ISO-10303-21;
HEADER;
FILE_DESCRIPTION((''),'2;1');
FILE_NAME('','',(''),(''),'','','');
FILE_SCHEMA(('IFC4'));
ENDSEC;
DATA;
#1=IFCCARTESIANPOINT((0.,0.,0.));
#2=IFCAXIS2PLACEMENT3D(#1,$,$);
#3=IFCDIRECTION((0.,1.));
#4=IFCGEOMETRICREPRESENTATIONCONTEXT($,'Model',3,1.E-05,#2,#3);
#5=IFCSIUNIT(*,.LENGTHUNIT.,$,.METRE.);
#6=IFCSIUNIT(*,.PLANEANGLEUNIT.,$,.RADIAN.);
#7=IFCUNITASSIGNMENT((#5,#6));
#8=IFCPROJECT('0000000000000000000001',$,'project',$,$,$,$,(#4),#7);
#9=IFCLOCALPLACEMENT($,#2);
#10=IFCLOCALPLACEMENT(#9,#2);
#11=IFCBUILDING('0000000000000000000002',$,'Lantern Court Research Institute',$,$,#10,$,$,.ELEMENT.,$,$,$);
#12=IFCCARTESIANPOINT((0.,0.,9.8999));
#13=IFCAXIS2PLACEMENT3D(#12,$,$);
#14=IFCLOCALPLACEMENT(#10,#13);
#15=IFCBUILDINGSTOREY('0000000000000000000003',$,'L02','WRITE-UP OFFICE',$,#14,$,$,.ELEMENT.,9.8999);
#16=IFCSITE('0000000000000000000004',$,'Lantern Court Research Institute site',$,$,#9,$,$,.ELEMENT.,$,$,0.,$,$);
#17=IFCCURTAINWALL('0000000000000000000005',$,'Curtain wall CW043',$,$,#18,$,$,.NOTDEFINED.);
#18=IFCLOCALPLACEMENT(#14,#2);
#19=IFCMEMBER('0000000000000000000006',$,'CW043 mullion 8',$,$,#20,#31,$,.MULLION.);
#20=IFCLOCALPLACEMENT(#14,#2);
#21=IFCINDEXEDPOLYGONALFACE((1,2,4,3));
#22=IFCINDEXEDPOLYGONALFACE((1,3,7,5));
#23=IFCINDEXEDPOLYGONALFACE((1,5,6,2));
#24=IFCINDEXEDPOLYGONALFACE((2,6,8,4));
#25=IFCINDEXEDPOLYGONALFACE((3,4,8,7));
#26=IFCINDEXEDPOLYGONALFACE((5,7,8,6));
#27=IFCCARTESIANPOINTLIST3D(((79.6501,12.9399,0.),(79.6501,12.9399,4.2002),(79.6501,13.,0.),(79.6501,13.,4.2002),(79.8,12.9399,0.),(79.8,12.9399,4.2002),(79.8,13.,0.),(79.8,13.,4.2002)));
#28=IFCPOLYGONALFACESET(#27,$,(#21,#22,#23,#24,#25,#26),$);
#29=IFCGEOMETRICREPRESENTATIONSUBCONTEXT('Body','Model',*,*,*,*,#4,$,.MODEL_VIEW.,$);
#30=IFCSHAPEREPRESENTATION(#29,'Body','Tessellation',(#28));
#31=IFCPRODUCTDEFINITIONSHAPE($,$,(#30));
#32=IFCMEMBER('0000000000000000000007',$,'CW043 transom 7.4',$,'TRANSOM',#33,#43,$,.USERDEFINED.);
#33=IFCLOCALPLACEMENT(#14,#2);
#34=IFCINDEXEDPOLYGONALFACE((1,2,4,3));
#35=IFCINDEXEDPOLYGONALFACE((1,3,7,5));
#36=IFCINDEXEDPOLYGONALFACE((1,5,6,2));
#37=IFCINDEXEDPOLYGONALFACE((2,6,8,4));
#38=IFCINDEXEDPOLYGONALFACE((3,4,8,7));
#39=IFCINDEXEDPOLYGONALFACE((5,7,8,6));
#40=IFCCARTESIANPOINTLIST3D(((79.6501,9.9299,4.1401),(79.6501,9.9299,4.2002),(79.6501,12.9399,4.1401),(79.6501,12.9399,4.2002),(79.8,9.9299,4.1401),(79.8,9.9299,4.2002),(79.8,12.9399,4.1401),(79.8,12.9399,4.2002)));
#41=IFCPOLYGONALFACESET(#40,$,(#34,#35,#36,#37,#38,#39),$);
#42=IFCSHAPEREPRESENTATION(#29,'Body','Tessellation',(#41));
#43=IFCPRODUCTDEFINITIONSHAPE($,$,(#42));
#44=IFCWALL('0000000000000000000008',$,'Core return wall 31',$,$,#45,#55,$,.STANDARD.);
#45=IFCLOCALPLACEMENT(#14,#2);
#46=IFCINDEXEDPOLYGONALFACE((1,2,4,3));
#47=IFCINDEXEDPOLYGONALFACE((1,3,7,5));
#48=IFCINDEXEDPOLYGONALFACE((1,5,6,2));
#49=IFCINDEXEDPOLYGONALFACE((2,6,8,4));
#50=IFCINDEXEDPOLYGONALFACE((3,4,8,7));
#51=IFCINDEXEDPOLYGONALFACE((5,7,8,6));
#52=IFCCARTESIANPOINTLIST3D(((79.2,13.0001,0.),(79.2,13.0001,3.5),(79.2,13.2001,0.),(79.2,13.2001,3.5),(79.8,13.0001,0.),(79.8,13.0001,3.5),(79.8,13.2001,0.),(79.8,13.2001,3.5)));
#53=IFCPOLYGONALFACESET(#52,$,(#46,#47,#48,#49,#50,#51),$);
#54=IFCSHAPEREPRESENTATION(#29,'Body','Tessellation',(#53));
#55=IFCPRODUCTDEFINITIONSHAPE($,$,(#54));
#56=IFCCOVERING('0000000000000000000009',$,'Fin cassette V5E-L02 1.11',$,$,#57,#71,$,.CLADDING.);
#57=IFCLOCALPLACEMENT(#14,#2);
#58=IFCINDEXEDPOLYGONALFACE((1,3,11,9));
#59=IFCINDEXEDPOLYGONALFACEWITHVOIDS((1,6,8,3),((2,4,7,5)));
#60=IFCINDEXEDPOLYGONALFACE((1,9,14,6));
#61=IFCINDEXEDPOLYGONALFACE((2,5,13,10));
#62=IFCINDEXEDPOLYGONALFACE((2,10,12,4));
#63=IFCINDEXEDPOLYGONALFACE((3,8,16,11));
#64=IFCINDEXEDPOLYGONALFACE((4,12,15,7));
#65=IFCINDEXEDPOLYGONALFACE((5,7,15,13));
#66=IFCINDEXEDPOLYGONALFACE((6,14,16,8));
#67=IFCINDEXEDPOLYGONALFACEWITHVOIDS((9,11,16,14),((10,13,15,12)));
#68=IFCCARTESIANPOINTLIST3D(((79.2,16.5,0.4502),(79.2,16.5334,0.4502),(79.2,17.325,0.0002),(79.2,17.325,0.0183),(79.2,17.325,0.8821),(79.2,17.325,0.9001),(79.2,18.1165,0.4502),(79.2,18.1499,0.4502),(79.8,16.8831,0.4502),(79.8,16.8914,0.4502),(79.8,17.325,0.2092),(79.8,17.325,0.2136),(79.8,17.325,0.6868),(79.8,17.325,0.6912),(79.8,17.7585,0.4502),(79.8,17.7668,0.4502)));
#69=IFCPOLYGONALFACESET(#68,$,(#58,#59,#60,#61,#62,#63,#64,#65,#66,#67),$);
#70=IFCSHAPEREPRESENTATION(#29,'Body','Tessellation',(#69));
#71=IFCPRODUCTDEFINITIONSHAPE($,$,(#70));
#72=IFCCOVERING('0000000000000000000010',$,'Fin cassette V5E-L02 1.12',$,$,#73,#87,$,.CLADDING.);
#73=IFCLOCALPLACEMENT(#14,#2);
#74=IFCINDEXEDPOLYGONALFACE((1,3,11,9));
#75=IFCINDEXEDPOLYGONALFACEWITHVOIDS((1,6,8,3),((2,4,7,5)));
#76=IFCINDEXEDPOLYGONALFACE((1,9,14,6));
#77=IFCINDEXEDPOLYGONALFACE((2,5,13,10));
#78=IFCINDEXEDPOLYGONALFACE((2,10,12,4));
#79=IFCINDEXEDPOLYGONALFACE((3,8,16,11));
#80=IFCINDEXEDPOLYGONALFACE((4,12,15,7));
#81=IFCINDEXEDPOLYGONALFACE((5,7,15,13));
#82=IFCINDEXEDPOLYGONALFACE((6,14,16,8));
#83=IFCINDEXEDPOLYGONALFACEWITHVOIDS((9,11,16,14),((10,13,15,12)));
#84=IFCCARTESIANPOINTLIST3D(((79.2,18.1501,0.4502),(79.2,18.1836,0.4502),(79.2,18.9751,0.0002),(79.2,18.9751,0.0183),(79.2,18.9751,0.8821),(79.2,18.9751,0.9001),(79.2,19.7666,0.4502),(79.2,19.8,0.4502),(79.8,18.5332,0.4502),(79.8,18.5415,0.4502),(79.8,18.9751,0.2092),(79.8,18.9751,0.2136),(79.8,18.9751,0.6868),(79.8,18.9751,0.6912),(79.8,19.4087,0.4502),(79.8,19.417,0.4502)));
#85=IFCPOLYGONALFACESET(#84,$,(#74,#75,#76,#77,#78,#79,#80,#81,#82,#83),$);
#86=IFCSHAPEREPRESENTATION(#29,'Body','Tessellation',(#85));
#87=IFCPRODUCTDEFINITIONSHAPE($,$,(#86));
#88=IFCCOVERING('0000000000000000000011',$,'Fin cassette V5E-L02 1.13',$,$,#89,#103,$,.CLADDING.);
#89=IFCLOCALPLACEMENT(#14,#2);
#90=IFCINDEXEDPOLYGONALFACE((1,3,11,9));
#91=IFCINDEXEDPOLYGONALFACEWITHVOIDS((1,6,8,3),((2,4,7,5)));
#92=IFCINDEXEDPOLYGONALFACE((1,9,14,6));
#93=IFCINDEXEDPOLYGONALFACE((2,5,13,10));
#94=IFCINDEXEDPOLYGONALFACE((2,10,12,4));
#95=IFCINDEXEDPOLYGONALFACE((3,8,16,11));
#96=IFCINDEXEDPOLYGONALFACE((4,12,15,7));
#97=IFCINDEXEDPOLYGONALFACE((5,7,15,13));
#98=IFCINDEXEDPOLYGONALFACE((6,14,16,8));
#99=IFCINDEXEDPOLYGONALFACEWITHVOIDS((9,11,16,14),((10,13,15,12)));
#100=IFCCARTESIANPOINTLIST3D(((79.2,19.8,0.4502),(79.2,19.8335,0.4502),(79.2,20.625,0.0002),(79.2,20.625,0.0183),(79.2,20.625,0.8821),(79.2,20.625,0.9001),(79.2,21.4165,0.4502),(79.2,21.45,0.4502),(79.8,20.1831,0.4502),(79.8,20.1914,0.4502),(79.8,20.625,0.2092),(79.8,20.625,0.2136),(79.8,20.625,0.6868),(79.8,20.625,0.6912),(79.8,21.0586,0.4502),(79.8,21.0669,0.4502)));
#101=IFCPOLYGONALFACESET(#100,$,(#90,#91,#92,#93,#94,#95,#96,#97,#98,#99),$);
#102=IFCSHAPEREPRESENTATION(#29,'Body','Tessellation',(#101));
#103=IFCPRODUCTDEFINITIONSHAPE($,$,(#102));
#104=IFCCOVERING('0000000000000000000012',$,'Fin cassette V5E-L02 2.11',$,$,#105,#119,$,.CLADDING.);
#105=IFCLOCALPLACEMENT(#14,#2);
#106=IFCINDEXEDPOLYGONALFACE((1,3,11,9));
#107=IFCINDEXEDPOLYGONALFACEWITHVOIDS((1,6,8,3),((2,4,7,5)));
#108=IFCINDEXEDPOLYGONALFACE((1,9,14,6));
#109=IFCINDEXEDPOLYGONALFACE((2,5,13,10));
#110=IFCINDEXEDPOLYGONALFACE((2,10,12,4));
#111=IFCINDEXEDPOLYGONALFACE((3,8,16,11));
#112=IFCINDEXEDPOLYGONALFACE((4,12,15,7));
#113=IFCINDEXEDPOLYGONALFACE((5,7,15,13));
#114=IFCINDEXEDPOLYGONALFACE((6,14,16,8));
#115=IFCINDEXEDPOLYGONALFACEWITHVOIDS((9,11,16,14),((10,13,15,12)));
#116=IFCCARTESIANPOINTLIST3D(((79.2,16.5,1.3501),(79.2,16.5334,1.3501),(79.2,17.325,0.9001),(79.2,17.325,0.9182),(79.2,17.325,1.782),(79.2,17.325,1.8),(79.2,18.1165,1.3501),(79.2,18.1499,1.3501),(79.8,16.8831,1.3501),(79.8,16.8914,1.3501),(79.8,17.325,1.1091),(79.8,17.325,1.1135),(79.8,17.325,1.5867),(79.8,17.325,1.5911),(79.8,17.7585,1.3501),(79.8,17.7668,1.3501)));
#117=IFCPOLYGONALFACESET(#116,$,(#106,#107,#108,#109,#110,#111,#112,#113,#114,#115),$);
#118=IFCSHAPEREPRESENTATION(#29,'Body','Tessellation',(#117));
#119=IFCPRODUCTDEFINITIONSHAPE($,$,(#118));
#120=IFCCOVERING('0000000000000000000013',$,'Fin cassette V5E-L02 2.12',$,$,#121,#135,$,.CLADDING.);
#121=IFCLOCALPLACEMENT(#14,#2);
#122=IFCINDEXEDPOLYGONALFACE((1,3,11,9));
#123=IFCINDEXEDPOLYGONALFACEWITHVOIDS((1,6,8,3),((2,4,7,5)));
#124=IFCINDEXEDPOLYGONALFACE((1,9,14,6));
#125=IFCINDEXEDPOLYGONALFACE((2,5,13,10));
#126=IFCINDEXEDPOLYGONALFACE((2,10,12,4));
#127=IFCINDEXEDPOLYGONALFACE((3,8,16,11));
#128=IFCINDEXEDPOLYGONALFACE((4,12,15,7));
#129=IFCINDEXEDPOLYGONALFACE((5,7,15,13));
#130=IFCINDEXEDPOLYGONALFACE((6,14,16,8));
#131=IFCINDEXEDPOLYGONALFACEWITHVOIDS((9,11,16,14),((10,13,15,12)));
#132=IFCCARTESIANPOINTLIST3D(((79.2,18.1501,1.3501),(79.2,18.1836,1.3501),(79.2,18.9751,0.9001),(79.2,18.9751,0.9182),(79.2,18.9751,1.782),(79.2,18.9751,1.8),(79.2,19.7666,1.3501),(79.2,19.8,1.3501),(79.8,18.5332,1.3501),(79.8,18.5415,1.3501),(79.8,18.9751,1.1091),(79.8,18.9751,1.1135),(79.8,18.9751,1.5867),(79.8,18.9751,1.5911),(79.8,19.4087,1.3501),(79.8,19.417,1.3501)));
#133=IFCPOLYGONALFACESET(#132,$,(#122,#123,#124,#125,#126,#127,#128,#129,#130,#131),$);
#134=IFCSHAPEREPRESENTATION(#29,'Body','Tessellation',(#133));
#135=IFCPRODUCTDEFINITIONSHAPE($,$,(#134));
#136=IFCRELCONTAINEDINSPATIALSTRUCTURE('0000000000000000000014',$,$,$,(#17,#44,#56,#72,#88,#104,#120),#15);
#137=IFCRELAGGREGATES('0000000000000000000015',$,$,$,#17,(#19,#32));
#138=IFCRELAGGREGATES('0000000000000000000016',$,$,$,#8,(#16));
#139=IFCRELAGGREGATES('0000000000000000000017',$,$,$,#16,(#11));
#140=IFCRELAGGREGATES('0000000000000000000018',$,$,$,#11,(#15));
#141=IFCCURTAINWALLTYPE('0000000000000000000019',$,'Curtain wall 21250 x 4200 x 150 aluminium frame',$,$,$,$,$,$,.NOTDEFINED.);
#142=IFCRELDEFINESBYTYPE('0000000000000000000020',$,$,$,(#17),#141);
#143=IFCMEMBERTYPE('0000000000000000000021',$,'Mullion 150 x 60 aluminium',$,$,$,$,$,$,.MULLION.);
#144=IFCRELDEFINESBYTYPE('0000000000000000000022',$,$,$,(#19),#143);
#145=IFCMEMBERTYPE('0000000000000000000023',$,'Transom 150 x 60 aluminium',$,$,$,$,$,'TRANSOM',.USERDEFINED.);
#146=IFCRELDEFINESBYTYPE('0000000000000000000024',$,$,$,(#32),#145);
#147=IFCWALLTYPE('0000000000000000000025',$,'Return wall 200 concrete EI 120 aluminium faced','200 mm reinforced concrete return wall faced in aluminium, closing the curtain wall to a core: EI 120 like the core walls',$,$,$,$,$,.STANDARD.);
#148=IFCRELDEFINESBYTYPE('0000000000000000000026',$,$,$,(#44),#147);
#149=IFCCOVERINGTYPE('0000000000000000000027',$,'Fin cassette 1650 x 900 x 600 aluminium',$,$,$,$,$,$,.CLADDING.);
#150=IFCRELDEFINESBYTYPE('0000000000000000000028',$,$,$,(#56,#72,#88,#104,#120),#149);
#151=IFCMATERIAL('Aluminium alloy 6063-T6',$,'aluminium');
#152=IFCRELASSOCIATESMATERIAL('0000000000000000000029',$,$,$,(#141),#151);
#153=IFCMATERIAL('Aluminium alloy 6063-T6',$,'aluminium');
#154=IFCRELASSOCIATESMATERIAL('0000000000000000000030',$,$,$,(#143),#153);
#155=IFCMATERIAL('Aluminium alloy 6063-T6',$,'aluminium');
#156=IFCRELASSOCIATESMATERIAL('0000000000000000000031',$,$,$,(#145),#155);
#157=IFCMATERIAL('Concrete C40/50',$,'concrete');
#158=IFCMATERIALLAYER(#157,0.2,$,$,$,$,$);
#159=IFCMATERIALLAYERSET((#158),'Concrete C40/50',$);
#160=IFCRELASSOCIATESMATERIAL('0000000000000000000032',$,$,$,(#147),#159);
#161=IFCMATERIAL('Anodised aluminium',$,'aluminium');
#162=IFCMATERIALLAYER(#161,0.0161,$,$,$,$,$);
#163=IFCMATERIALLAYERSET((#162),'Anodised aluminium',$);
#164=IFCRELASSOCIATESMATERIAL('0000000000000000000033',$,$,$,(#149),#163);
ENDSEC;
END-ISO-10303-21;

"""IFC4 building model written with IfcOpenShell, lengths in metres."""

from ifc_helpers import new_model, entity, si_unit, direction, frame, frame_2d, origin, origin_2d, place, context, subcontext, project, spatial, rectangle, extrude, material, layer, layer_set, material_profile, profile_set, type_object, element, aggregate, save


model = new_model("IFC4")

# Units and contexts
model_context = context("Model", 3, precision=1e-05, world=origin(), true_north=direction((0.0, 1.0)))
body_context = subcontext(model_context, "Body", "Model", "MODEL_VIEW")
ifc_project = project(units=[si_unit("LENGTHUNIT", "METRE"), si_unit("PLANEANGLEUNIT", "RADIAN")], contexts=[model_context])

# Site, building, storey
site_placement = place(None, origin())
site = spatial("IfcSite", under=ifc_project, at=site_placement, Name="Lantern Court Research Institute site", CompositionType="ELEMENT", RefElevation=0.0)
building_placement = place(site_placement, origin())
building = spatial("IfcBuilding", under=site, at=building_placement, Name="Lantern Court Research Institute", CompositionType="ELEMENT")
storey_placement = place(building_placement, frame((0.0, 0.0, 9.8999)))
storey = spatial("IfcBuildingStorey", under=building, at=storey_placement, Name="L02", Description="WRITE-UP OFFICE", CompositionType="ELEMENT", Elevation=9.8999)

# Curtain wall, members
ifc_material_1 = material(Name="Aluminium alloy 6063-T6", Category="aluminium")
curtain_wall_type = type_object("IfcCurtainWallType", Name="Curtain wall 21250 x 4200 x 150 aluminium frame", PredefinedType="NOTDEFINED", material=ifc_material_1)
curtain_wall_placement = place(storey_placement, origin())
curtain_wall = element("IfcCurtainWall", 1, at=curtain_wall_placement, inside=storey, type_object=curtain_wall_type, Name="Curtain wall CW043", PredefinedType="NOTDEFINED")
ifc_material_2 = material(Name="Aluminium alloy 6063-T6", Category="aluminium")
ifc_material_profile_1 = material_profile(ifc_material_2, rectangle(XDim=0.1499, YDim=0.0601, at=origin_2d()), Name="Mullion 150 x 60")
ifc_profile_set_1 = profile_set([ifc_material_profile_1], Name="Aluminium alloy 6063-T6")
member_type_1 = type_object("IfcMemberType", Name="Mullion 150 x 60 aluminium", PredefinedType="MULLION", material=ifc_profile_set_1)
member_1_placement = place(storey_placement, frame((79.7251, 12.97, 0.0), z_axis=(0.0, 0.0, 1.0), x_axis=(1.0, 0.0, 0.0)))
member_1 = element("IfcMember", 2, at=member_1_placement, type_object=member_type_1, Name="CW043 mullion 8", PredefinedType="MULLION", context=body_context, shape_type="SweptSolid", body=[
    extrude(rectangle(XDim=0.1499, YDim=0.0601, at=origin_2d()), origin(), (0.0, 0.0, 1.0), 4.2002),
])
ifc_material_3 = material(Name="Aluminium alloy 6063-T6", Category="aluminium")
ifc_material_profile_2 = material_profile(ifc_material_3, rectangle(XDim=0.1499, YDim=0.0601, at=origin_2d()), Name="Transom 150 x 60")
ifc_profile_set_2 = profile_set([ifc_material_profile_2], Name="Aluminium alloy 6063-T6")
member_type_2 = type_object("IfcMemberType", Name="Transom 150 x 60 aluminium", ElementType="TRANSOM", PredefinedType="USERDEFINED", material=ifc_profile_set_2)
member_2_placement = place(storey_placement, frame((79.7251, 12.9399, 4.1702), z_axis=(0.0, -1.0, 0.0), x_axis=(1.0, 0.0, 0.0)))
member_2 = element("IfcMember", 3, at=member_2_placement, type_object=member_type_2, Name="CW043 transom 7.4", ObjectType="TRANSOM", PredefinedType="USERDEFINED", context=body_context, shape_type="SweptSolid", body=[
    extrude(rectangle(XDim=0.1499, YDim=0.0601, at=origin_2d()), origin(), (0.0, 0.0, 1.0), 3.01),
])
aggregate(curtain_wall, [member_1, member_2])

# Wall
ifc_material_4 = material(Name="Concrete C40/50", Category="concrete")
ifc_layer_1 = layer(ifc_material_4, 0.2)
ifc_layer_set_1 = layer_set([ifc_layer_1], Name="Concrete C40/50")
wall_type = type_object("IfcWallType", Name="Return wall 200 concrete EI 120 aluminium faced", Description="200 mm reinforced concrete return wall faced in aluminium, closing the curtain wall to a core: EI 120 like the core walls", PredefinedType="STANDARD", material=ifc_layer_set_1)
wall_placement = place(storey_placement, frame((79.2, 13.1001, 0.0), z_axis=(0.0, 0.0, 1.0), x_axis=(1.0, 0.0, 0.0)))
element("IfcWall", 4, at=wall_placement, inside=storey, type_object=wall_type, Name="Core return wall 31", PredefinedType="STANDARD", context=body_context, shape_type="SweptSolid", body=[
    extrude(rectangle(XDim=0.6001, YDim=0.2, at=frame_2d((0.3, 0.0))), origin(), (0.0, 0.0, 1.0), 3.5),
])

# Coverings
ifc_material_5 = material(Name="Anodised aluminium", Category="aluminium")
ifc_layer_2 = layer(ifc_material_5, 0.0161)
ifc_layer_set_2 = layer_set([ifc_layer_2], Name="Anodised aluminium")
covering_type = type_object("IfcCoveringType", Name="Fin cassette 1650 x 900 x 600 aluminium", PredefinedType="CLADDING", material=ifc_layer_set_2)
covering_1_placement = place(storey_placement, frame((79.2, 17.325, 0.4502), z_axis=(1.0, 0.0, 0.0), x_axis=(0.0, 1.0, 0.0)))
cartesian_point_1 = entity("IfcCartesianPoint", [0.825, 0.0])
cartesian_point_2 = entity("IfcCartesianPoint", [0.7915, 0.0])
cartesian_point_3 = entity("IfcCartesianPoint", [0.4419, 0.0])
cartesian_point_4 = entity("IfcCartesianPoint", [0.4336, 0.0])
element("IfcCovering", 5, at=covering_1_placement, inside=storey, type_object=covering_type, Name="Fin cassette V5E-L02 1.11", PredefinedType="CLADDING", context=body_context, shape_type="SweptSolid", body=[
    entity("IfcExtrudedAreaSolidTapered", entity("IfcArbitraryProfileDefWithVoids", "AREA", None, entity("IfcPolyline", [cartesian_point_1, entity("IfcCartesianPoint", [0.0, 0.45]), entity("IfcCartesianPoint", [-0.825, 0.0]), entity("IfcCartesianPoint", [0.0, -0.45]), cartesian_point_1]), [entity("IfcPolyline", [cartesian_point_2, entity("IfcCartesianPoint", [0.0, 0.4319]), entity("IfcCartesianPoint", [-0.7915, 0.0]), entity("IfcCartesianPoint", [0.0, -0.4319]), cartesian_point_2])]), entity("IfcAxis2Placement3D", entity("IfcCartesianPoint", [0.0, 0.0, 0.0])), entity("IfcDirection", [0.0, 0.0, 1.0]), 0.6001, entity("IfcArbitraryProfileDefWithVoids", "AREA", None, entity("IfcPolyline", [cartesian_point_3, entity("IfcCartesianPoint", [0.0, 0.241]), entity("IfcCartesianPoint", [-0.4419, 0.0]), entity("IfcCartesianPoint", [0.0, -0.241]), cartesian_point_3]), [entity("IfcPolyline", [cartesian_point_4, entity("IfcCartesianPoint", [0.0, 0.2366]), entity("IfcCartesianPoint", [-0.4336, 0.0]), entity("IfcCartesianPoint", [0.0, -0.2366]), cartesian_point_4])])),
])
covering_2_placement = place(storey_placement, frame((79.2, 18.9751, 0.4502), z_axis=(1.0, 0.0, 0.0), x_axis=(0.0, 1.0, 0.0)))
cartesian_point_5 = entity("IfcCartesianPoint", [0.825, 0.0])
cartesian_point_6 = entity("IfcCartesianPoint", [0.7915, 0.0])
cartesian_point_7 = entity("IfcCartesianPoint", [0.4419, 0.0])
cartesian_point_8 = entity("IfcCartesianPoint", [0.4336, 0.0])
element("IfcCovering", 6, at=covering_2_placement, inside=storey, type_object=covering_type, Name="Fin cassette V5E-L02 1.12", PredefinedType="CLADDING", context=body_context, shape_type="SweptSolid", body=[
    entity("IfcExtrudedAreaSolidTapered", entity("IfcArbitraryProfileDefWithVoids", "AREA", None, entity("IfcPolyline", [cartesian_point_5, entity("IfcCartesianPoint", [0.0, 0.45]), entity("IfcCartesianPoint", [-0.825, 0.0]), entity("IfcCartesianPoint", [0.0, -0.45]), cartesian_point_5]), [entity("IfcPolyline", [cartesian_point_6, entity("IfcCartesianPoint", [0.0, 0.4319]), entity("IfcCartesianPoint", [-0.7915, 0.0]), entity("IfcCartesianPoint", [0.0, -0.4319]), cartesian_point_6])]), entity("IfcAxis2Placement3D", entity("IfcCartesianPoint", [0.0, 0.0, 0.0])), entity("IfcDirection", [0.0, 0.0, 1.0]), 0.6001, entity("IfcArbitraryProfileDefWithVoids", "AREA", None, entity("IfcPolyline", [cartesian_point_7, entity("IfcCartesianPoint", [0.0, 0.241]), entity("IfcCartesianPoint", [-0.4419, 0.0]), entity("IfcCartesianPoint", [0.0, -0.241]), cartesian_point_7]), [entity("IfcPolyline", [cartesian_point_8, entity("IfcCartesianPoint", [0.0, 0.2366]), entity("IfcCartesianPoint", [-0.4336, 0.0]), entity("IfcCartesianPoint", [0.0, -0.2366]), cartesian_point_8])])),
])
covering_3_placement = place(storey_placement, frame((79.2, 20.625, 0.4502), z_axis=(1.0, 0.0, 0.0), x_axis=(0.0, 1.0, 0.0)))
cartesian_point_9 = entity("IfcCartesianPoint", [0.825, 0.0])
cartesian_point_10 = entity("IfcCartesianPoint", [0.7915, 0.0])
cartesian_point_11 = entity("IfcCartesianPoint", [0.4419, 0.0])
cartesian_point_12 = entity("IfcCartesianPoint", [0.4336, 0.0])
element("IfcCovering", 7, at=covering_3_placement, inside=storey, type_object=covering_type, Name="Fin cassette V5E-L02 1.13", PredefinedType="CLADDING", context=body_context, shape_type="SweptSolid", body=[
    entity("IfcExtrudedAreaSolidTapered", entity("IfcArbitraryProfileDefWithVoids", "AREA", None, entity("IfcPolyline", [cartesian_point_9, entity("IfcCartesianPoint", [0.0, 0.45]), entity("IfcCartesianPoint", [-0.825, 0.0]), entity("IfcCartesianPoint", [0.0, -0.45]), cartesian_point_9]), [entity("IfcPolyline", [cartesian_point_10, entity("IfcCartesianPoint", [0.0, 0.4319]), entity("IfcCartesianPoint", [-0.7915, 0.0]), entity("IfcCartesianPoint", [0.0, -0.4319]), cartesian_point_10])]), entity("IfcAxis2Placement3D", entity("IfcCartesianPoint", [0.0, 0.0, 0.0])), entity("IfcDirection", [0.0, 0.0, 1.0]), 0.6001, entity("IfcArbitraryProfileDefWithVoids", "AREA", None, entity("IfcPolyline", [cartesian_point_11, entity("IfcCartesianPoint", [0.0, 0.241]), entity("IfcCartesianPoint", [-0.4419, 0.0]), entity("IfcCartesianPoint", [0.0, -0.241]), cartesian_point_11]), [entity("IfcPolyline", [cartesian_point_12, entity("IfcCartesianPoint", [0.0, 0.2366]), entity("IfcCartesianPoint", [-0.4336, 0.0]), entity("IfcCartesianPoint", [0.0, -0.2366]), cartesian_point_12])])),
])
covering_4_placement = place(storey_placement, frame((79.2, 17.325, 1.3501), z_axis=(1.0, 0.0, 0.0), x_axis=(0.0, 1.0, 0.0)))
cartesian_point_13 = entity("IfcCartesianPoint", [0.825, 0.0])
cartesian_point_14 = entity("IfcCartesianPoint", [0.7915, 0.0])
cartesian_point_15 = entity("IfcCartesianPoint", [0.4419, 0.0])
cartesian_point_16 = entity("IfcCartesianPoint", [0.4336, 0.0])
element("IfcCovering", 8, at=covering_4_placement, inside=storey, type_object=covering_type, Name="Fin cassette V5E-L02 2.11", PredefinedType="CLADDING", context=body_context, shape_type="SweptSolid", body=[
    entity("IfcExtrudedAreaSolidTapered", entity("IfcArbitraryProfileDefWithVoids", "AREA", None, entity("IfcPolyline", [cartesian_point_13, entity("IfcCartesianPoint", [0.0, 0.45]), entity("IfcCartesianPoint", [-0.825, 0.0]), entity("IfcCartesianPoint", [0.0, -0.45]), cartesian_point_13]), [entity("IfcPolyline", [cartesian_point_14, entity("IfcCartesianPoint", [0.0, 0.4319]), entity("IfcCartesianPoint", [-0.7915, 0.0]), entity("IfcCartesianPoint", [0.0, -0.4319]), cartesian_point_14])]), entity("IfcAxis2Placement3D", entity("IfcCartesianPoint", [0.0, 0.0, 0.0])), entity("IfcDirection", [0.0, 0.0, 1.0]), 0.6001, entity("IfcArbitraryProfileDefWithVoids", "AREA", None, entity("IfcPolyline", [cartesian_point_15, entity("IfcCartesianPoint", [0.0, 0.241]), entity("IfcCartesianPoint", [-0.4419, 0.0]), entity("IfcCartesianPoint", [0.0, -0.241]), cartesian_point_15]), [entity("IfcPolyline", [cartesian_point_16, entity("IfcCartesianPoint", [0.0, 0.2366]), entity("IfcCartesianPoint", [-0.4336, 0.0]), entity("IfcCartesianPoint", [0.0, -0.2366]), cartesian_point_16])])),
])
covering_5_placement = place(storey_placement, frame((79.2, 18.9751, 1.3501), z_axis=(1.0, 0.0, 0.0), x_axis=(0.0, 1.0, 0.0)))
cartesian_point_17 = entity("IfcCartesianPoint", [0.825, 0.0])
cartesian_point_18 = entity("IfcCartesianPoint", [0.7915, 0.0])
cartesian_point_19 = entity("IfcCartesianPoint", [0.4419, 0.0])
cartesian_point_20 = entity("IfcCartesianPoint", [0.4336, 0.0])
element("IfcCovering", 9, at=covering_5_placement, inside=storey, type_object=covering_type, Name="Fin cassette V5E-L02 2.12", PredefinedType="CLADDING", context=body_context, shape_type="SweptSolid", body=[
    entity("IfcExtrudedAreaSolidTapered", entity("IfcArbitraryProfileDefWithVoids", "AREA", None, entity("IfcPolyline", [cartesian_point_17, entity("IfcCartesianPoint", [0.0, 0.45]), entity("IfcCartesianPoint", [-0.825, 0.0]), entity("IfcCartesianPoint", [0.0, -0.45]), cartesian_point_17]), [entity("IfcPolyline", [cartesian_point_18, entity("IfcCartesianPoint", [0.0, 0.4319]), entity("IfcCartesianPoint", [-0.7915, 0.0]), entity("IfcCartesianPoint", [0.0, -0.4319]), cartesian_point_18])]), entity("IfcAxis2Placement3D", entity("IfcCartesianPoint", [0.0, 0.0, 0.0])), entity("IfcDirection", [0.0, 0.0, 1.0]), 0.6001, entity("IfcArbitraryProfileDefWithVoids", "AREA", None, entity("IfcPolyline", [cartesian_point_19, entity("IfcCartesianPoint", [0.0, 0.241]), entity("IfcCartesianPoint", [-0.4419, 0.0]), entity("IfcCartesianPoint", [0.0, -0.241]), cartesian_point_19]), [entity("IfcPolyline", [cartesian_point_20, entity("IfcCartesianPoint", [0.0, 0.2366]), entity("IfcCartesianPoint", [-0.4336, 0.0]), entity("IfcCartesianPoint", [0.0, -0.2366]), cartesian_point_20])])),
])

save(model, "model.ifc")
